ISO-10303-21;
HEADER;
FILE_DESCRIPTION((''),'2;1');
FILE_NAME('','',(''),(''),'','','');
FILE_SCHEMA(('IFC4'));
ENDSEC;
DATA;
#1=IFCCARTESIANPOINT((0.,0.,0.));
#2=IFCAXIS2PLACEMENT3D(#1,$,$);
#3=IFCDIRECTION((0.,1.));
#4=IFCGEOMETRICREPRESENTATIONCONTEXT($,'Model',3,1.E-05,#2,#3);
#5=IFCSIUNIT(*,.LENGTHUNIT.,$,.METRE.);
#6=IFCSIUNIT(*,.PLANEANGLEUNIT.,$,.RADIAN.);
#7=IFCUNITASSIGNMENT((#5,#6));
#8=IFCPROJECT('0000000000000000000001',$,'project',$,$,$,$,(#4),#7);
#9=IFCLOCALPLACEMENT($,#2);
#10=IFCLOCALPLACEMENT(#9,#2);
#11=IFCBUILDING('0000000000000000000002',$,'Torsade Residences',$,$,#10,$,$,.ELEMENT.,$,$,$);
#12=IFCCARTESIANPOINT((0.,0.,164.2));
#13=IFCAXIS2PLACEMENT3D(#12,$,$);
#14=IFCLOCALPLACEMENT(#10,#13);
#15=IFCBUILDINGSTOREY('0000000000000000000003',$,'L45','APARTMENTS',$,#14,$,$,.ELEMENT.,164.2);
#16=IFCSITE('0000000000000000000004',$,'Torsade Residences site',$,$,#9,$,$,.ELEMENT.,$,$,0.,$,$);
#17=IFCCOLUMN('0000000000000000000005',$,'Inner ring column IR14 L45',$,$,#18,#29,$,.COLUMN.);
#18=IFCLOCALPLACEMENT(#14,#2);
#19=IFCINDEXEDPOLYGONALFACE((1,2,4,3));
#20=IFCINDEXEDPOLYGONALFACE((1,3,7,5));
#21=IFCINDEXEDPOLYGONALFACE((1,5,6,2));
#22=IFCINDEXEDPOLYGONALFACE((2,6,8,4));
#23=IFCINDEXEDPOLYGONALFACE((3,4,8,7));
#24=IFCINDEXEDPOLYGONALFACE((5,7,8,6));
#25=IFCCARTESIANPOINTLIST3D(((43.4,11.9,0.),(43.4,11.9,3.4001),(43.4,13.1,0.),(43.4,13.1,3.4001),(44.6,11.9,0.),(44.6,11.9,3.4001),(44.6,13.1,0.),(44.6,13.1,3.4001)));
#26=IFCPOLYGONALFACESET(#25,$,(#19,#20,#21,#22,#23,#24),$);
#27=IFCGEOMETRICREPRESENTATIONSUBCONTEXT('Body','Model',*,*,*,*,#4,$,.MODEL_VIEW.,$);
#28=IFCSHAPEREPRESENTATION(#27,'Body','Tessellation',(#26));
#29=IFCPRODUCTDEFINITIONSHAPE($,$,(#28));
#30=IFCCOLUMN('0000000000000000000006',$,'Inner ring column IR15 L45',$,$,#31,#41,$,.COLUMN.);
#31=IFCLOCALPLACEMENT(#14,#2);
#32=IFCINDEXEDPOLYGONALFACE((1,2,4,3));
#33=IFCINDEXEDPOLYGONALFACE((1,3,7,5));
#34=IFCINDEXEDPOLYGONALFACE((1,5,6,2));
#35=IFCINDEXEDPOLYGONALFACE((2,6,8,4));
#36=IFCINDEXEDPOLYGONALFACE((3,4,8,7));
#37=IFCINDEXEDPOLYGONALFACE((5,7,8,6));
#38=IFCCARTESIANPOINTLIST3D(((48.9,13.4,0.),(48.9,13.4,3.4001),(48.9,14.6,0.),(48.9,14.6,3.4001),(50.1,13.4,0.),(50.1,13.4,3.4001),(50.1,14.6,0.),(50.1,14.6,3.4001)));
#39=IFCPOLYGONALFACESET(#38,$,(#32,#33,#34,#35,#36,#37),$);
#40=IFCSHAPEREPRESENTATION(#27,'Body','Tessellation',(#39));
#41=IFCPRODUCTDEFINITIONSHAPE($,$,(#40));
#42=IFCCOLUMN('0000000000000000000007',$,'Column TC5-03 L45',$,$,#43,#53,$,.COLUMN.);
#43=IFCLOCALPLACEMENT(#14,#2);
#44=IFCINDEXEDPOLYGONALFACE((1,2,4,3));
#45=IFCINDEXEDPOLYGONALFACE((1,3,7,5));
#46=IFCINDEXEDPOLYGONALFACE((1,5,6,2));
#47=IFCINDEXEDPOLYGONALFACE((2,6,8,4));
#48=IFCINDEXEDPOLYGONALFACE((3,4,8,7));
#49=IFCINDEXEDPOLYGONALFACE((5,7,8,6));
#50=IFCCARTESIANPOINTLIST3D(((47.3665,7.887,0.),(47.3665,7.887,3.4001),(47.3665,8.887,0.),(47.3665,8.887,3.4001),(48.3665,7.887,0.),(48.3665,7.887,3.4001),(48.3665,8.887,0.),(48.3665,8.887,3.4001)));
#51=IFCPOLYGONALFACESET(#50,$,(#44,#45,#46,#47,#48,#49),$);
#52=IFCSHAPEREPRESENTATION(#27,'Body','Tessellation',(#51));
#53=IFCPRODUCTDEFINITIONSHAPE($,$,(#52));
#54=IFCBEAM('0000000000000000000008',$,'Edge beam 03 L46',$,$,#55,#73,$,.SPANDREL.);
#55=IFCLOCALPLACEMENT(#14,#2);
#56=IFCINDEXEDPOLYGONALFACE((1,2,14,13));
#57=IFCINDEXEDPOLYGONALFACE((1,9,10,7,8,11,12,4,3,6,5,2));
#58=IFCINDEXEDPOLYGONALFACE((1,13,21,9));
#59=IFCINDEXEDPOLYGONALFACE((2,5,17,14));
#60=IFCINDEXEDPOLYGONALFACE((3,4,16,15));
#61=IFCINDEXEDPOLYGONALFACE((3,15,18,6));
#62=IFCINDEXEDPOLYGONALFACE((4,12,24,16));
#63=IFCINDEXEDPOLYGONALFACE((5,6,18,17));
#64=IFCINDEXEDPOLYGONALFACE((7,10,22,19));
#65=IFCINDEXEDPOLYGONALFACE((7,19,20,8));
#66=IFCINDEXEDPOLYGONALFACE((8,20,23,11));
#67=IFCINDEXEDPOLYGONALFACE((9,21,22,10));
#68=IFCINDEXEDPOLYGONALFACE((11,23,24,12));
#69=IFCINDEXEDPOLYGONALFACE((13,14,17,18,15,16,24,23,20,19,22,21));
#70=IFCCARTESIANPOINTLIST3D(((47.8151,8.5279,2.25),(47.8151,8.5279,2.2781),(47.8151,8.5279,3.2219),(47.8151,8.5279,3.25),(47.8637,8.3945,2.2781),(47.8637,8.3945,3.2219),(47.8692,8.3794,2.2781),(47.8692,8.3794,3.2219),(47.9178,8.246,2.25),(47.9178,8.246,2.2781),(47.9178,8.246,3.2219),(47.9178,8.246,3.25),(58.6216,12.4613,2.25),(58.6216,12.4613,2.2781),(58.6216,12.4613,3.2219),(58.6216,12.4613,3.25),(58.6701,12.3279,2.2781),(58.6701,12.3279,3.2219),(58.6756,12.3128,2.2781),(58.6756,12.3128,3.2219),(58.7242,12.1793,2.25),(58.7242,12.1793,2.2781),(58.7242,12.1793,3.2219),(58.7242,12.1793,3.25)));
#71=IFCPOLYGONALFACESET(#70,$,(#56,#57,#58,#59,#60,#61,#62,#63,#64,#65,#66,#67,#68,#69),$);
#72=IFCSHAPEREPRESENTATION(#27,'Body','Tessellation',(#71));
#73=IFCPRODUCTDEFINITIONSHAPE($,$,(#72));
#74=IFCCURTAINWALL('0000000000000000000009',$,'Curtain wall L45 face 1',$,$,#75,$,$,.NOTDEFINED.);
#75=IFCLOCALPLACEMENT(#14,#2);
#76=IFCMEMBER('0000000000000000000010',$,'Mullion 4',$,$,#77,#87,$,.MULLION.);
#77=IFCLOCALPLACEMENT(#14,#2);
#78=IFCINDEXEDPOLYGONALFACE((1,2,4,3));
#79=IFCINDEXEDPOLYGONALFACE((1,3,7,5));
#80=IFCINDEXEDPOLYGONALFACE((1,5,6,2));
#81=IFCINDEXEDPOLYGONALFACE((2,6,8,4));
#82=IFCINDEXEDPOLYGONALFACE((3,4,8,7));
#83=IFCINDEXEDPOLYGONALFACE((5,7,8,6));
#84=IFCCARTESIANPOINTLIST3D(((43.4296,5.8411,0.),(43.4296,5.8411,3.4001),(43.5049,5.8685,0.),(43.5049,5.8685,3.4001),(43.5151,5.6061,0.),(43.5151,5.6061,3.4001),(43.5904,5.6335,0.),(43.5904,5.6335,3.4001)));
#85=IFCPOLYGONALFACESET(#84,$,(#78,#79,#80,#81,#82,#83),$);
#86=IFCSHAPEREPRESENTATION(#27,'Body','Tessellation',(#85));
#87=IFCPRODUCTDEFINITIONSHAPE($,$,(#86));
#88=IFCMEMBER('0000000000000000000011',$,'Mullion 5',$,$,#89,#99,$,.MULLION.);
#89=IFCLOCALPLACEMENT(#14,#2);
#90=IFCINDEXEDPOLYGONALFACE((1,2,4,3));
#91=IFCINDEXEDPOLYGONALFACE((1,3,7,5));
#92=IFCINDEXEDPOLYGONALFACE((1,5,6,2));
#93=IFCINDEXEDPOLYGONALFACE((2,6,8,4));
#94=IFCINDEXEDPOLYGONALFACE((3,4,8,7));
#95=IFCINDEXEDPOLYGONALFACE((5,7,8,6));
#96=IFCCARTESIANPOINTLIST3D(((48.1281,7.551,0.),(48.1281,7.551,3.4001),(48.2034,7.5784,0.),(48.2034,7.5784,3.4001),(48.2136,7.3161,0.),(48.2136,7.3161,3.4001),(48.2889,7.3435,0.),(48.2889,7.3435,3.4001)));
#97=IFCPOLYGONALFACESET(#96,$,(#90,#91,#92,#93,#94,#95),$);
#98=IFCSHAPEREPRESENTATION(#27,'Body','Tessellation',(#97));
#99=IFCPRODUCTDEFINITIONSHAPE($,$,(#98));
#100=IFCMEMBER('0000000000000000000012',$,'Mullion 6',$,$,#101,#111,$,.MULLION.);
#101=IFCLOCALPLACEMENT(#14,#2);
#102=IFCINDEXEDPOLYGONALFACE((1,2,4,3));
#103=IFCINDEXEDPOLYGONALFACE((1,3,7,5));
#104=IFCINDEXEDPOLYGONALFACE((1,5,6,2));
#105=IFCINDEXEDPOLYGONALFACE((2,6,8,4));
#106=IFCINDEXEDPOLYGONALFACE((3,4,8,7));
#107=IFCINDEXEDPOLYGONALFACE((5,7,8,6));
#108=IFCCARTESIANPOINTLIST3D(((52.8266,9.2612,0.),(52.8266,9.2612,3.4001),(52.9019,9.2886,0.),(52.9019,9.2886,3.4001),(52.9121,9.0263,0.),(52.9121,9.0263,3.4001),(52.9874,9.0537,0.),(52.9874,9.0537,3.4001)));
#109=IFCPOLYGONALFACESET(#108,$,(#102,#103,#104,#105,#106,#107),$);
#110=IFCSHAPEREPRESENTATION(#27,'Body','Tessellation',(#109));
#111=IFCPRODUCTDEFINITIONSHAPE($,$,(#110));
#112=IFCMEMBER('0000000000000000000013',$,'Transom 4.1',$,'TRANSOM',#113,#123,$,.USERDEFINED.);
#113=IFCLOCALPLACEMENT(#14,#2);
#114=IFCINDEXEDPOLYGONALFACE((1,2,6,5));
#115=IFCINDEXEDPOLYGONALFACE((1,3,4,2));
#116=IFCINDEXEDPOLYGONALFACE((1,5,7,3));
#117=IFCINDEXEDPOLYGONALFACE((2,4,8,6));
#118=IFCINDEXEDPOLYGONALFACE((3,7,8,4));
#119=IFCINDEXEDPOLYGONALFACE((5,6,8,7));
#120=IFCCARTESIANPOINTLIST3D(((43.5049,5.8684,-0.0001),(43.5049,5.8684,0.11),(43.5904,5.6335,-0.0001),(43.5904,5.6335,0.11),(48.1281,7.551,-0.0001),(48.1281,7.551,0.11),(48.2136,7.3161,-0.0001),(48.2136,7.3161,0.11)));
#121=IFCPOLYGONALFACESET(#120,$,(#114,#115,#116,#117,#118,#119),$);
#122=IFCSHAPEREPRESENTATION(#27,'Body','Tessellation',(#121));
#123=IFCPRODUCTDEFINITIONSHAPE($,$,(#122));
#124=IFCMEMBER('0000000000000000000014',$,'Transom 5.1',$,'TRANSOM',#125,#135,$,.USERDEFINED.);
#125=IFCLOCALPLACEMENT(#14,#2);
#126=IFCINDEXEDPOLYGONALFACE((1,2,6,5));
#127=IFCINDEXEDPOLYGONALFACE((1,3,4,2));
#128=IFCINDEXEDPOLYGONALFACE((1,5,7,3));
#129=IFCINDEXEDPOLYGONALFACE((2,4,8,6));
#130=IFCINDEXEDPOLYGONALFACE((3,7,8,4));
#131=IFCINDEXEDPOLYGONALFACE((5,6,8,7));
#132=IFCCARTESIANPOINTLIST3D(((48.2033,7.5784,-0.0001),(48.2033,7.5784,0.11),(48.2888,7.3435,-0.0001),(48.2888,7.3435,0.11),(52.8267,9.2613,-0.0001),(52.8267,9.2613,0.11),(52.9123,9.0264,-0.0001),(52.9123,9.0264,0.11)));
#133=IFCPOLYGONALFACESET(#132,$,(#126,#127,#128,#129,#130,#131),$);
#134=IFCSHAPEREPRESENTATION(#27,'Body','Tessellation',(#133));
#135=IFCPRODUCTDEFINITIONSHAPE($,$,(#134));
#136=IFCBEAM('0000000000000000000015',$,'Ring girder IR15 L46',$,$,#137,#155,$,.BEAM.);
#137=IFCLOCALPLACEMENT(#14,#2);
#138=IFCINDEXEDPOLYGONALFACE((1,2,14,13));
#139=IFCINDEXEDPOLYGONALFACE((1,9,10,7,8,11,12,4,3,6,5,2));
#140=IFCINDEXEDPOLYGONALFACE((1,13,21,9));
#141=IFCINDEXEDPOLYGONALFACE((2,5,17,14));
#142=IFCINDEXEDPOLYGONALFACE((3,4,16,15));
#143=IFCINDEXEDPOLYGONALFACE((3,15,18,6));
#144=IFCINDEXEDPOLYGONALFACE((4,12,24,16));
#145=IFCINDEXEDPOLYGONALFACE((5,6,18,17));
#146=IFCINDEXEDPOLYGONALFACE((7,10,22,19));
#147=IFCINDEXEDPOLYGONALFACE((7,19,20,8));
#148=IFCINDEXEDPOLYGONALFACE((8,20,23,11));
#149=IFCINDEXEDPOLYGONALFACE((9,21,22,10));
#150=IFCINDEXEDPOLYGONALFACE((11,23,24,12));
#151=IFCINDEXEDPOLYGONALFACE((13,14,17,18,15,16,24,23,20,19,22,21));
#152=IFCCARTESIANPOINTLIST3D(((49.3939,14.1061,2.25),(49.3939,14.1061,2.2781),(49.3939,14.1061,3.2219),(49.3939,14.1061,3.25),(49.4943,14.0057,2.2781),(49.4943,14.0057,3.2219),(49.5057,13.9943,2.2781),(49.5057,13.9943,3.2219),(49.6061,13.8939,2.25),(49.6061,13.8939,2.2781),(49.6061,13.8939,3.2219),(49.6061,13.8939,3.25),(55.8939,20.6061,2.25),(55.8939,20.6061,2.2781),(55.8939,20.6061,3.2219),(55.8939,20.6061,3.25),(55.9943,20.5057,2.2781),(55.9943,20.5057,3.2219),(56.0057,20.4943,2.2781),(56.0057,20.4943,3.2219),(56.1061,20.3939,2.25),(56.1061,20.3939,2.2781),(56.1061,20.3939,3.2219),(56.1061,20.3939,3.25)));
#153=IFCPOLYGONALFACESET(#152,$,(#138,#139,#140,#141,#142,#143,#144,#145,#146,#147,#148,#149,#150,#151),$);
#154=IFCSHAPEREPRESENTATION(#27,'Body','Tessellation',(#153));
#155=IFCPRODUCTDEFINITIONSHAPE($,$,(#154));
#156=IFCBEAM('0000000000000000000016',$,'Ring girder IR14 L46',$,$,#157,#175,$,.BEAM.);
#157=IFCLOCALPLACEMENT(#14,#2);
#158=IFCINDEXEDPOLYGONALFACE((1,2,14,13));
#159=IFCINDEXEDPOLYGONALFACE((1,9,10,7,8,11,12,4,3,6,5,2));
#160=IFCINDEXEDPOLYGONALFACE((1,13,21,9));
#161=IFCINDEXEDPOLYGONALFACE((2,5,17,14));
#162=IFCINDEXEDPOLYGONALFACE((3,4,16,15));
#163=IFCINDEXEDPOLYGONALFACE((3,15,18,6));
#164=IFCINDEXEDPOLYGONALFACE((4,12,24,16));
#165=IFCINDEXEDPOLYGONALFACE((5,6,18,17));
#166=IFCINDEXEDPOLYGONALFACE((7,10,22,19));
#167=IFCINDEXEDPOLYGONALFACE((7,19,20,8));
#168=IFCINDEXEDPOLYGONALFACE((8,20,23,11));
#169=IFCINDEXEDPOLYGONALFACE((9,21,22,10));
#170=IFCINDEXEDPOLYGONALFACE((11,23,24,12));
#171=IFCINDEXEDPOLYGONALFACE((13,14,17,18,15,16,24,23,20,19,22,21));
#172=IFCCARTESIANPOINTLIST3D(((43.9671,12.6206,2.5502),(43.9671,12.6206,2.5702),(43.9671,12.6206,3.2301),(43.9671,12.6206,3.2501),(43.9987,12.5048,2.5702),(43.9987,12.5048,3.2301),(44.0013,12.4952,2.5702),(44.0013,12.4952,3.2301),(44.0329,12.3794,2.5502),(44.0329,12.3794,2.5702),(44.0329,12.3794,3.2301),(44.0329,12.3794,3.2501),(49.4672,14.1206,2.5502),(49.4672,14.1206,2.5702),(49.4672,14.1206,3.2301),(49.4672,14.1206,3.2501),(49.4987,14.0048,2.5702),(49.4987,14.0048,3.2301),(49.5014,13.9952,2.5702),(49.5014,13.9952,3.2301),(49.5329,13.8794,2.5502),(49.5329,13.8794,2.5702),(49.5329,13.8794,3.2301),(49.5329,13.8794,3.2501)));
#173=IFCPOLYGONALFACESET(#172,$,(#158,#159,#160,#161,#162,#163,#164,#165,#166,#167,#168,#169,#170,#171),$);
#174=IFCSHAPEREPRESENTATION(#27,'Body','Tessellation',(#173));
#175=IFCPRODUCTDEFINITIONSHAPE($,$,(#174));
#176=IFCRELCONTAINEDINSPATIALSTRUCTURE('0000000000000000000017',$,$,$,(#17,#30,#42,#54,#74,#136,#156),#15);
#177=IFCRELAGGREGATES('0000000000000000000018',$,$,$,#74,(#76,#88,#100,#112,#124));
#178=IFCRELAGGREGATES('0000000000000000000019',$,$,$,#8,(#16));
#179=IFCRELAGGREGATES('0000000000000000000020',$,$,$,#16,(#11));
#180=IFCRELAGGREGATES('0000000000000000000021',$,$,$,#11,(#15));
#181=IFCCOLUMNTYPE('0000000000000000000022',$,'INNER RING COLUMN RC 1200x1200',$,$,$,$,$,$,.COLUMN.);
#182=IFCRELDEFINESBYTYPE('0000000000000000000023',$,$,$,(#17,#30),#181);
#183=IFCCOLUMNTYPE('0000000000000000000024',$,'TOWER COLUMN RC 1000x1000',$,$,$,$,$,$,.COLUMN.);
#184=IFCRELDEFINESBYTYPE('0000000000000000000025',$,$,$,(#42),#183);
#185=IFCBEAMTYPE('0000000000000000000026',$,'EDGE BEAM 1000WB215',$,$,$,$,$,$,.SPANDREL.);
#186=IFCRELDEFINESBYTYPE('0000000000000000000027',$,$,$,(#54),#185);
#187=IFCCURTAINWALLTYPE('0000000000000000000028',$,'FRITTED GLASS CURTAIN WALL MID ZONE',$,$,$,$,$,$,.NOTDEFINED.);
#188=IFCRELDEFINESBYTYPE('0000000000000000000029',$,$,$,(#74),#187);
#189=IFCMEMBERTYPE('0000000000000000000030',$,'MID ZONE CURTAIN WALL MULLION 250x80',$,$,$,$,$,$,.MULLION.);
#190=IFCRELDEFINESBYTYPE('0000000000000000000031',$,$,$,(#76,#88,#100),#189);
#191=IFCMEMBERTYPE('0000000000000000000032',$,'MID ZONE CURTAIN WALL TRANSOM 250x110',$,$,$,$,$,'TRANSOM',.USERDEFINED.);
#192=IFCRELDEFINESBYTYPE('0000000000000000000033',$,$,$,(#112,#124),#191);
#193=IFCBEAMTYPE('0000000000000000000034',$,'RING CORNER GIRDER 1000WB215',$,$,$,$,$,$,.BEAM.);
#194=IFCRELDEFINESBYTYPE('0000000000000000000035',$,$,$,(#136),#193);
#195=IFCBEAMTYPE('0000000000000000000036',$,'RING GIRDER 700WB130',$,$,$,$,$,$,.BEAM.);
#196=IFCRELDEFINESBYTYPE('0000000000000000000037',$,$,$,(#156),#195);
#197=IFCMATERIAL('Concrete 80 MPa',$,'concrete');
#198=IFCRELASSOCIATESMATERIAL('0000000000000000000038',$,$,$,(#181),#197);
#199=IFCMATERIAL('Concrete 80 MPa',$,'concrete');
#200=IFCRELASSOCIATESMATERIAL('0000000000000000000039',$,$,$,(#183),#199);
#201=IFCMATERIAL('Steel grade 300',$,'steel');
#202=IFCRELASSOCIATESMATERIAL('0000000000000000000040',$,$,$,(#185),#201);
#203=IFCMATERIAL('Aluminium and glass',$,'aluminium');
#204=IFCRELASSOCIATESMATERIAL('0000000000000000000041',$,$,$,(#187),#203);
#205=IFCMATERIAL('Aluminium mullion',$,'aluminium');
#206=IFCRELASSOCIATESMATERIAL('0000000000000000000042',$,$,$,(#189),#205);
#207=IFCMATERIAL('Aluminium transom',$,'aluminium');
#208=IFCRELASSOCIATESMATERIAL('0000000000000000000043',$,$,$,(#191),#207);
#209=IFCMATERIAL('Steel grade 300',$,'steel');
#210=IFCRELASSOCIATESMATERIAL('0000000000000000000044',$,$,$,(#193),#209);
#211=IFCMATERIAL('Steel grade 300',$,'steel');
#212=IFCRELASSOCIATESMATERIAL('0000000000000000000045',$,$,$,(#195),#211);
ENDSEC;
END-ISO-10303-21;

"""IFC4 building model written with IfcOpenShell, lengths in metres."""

from ifc_helpers import new_model, si_unit, direction, frame, origin, origin_2d, place, context, subcontext, project, spatial, rectangle, i_section, extrude, material, material_profile, profile_set, type_object, element, aggregate, save


model = new_model("IFC4")

# Units and contexts
model_context = context("Model", 3, precision=1e-05, world=origin(), true_north=direction((0.0, 1.0)))
body_context = subcontext(model_context, "Body", "Model", "MODEL_VIEW")
ifc_project = project(units=[si_unit("LENGTHUNIT", "METRE"), si_unit("PLANEANGLEUNIT", "RADIAN")], contexts=[model_context])

# Site, building, storey
site_placement = place(None, origin())
site = spatial("IfcSite", under=ifc_project, at=site_placement, Name="Torsade Residences site", CompositionType="ELEMENT", RefElevation=0.0)
building_placement = place(site_placement, origin())
building = spatial("IfcBuilding", under=site, at=building_placement, Name="Torsade Residences", CompositionType="ELEMENT")
storey_placement = place(building_placement, frame((0.0, 0.0, 164.2)))
storey = spatial("IfcBuildingStorey", under=building, at=storey_placement, Name="L45", Description="APARTMENTS", CompositionType="ELEMENT", Elevation=164.2)

# Columns
ifc_material_1 = material(Name="Concrete 80 MPa", Category="concrete")
ifc_material_profile_1 = material_profile(ifc_material_1, rectangle(XDim=1.2, YDim=1.2, at=origin_2d()), Name="RC 1200x1200")
ifc_profile_set_1 = profile_set([ifc_material_profile_1], Name="Concrete 80 MPa")
column_type_1 = type_object("IfcColumnType", Name="INNER RING COLUMN RC 1200x1200", PredefinedType="COLUMN", material=ifc_profile_set_1)
for number, where, z_axis, x_axis, name in (
    (1, (44.0, 12.5, 0.0), (0.0, 0.0, 1.0), (1.0, 0.0, 0.0), "Inner ring column IR14 L45"),
    (2, (49.5, 14.0, 0.0), (0.0, 0.0, 1.0), (1.0, 0.0, 0.0), "Inner ring column IR15 L45"),
):
    element("IfcColumn", number, at=place(storey_placement, frame(where, z_axis=z_axis, x_axis=x_axis)), inside=storey, type_object=column_type_1, Name=name, PredefinedType="COLUMN", context=body_context, shape_type="SweptSolid", body=[
        extrude(rectangle(XDim=1.2, YDim=1.2, at=origin_2d()), origin(), (0.0, 0.0, 1.0), 3.4001),
    ])
ifc_material_2 = material(Name="Concrete 80 MPa", Category="concrete")
ifc_material_profile_2 = material_profile(ifc_material_2, rectangle(XDim=1.0, YDim=1.0, at=origin_2d()), Name="RC 1000x1000")
ifc_profile_set_2 = profile_set([ifc_material_profile_2], Name="Concrete 80 MPa")
column_type_2 = type_object("IfcColumnType", Name="TOWER COLUMN RC 1000x1000", PredefinedType="COLUMN", material=ifc_profile_set_2)
column_placement = place(storey_placement, frame((47.8665, 8.387, 0.0), z_axis=(0.0, 0.0, 1.0), x_axis=(1.0, 0.0, 0.0)))
element("IfcColumn", 3, at=column_placement, inside=storey, type_object=column_type_2, Name="Column TC5-03 L45", PredefinedType="COLUMN", context=body_context, shape_type="SweptSolid", body=[
    extrude(rectangle(XDim=1.0, YDim=1.0, at=origin_2d()), origin(), (0.0, 0.0, 1.0), 3.4001),
])

# Beam
ifc_material_3 = material(Name="Steel grade 300", Category="steel")
ifc_material_profile_3 = material_profile(ifc_material_3, i_section(OverallWidth=0.3, OverallDepth=1.0, WebThickness=0.0161, FlangeThickness=0.0281, at=origin_2d()), Name="1000WB215")
ifc_profile_set_3 = profile_set([ifc_material_profile_3], Name="Steel grade 300")
beam_type_1 = type_object("IfcBeamType", Name="EDGE BEAM 1000WB215", PredefinedType="SPANDREL", material=ifc_profile_set_3)
beam_1_placement = place(storey_placement, frame((47.8665, 8.387, 2.75), z_axis=(0.939689, 0.342031, 0.0), x_axis=(-0.342031, 0.939689, 0.0)))
element("IfcBeam", 4, at=beam_1_placement, inside=storey, type_object=beam_type_1, Name="Edge beam 03 L46", PredefinedType="SPANDREL", context=body_context, shape_type="SweptSolid", body=[
    extrude(i_section(OverallWidth=0.3, OverallDepth=1.0, WebThickness=0.0161, FlangeThickness=0.0281, at=origin_2d()), origin(), (0.0, 0.0, 1.0), 11.5),
])

# Curtain wall, members
ifc_material_4 = material(Name="Aluminium and glass", Category="aluminium")
curtain_wall_type = type_object("IfcCurtainWallType", Name="FRITTED GLASS CURTAIN WALL MID ZONE", PredefinedType="NOTDEFINED", material=ifc_material_4)
curtain_wall_placement = place(storey_placement, origin())
curtain_wall = element("IfcCurtainWall", 5, at=curtain_wall_placement, inside=storey, type_object=curtain_wall_type, Name="Curtain wall L45 face 1", PredefinedType="NOTDEFINED")
ifc_material_5 = material(Name="Aluminium mullion", Category="aluminium")
ifc_material_profile_4 = material_profile(ifc_material_5, rectangle(XDim=0.25, YDim=0.0801, at=origin_2d()), Name="MID ZONE CURTAIN WALL MULLION 250x80")
ifc_profile_set_4 = profile_set([ifc_material_profile_4], Name="Aluminium mullion")
member_type_1 = type_object("IfcMemberType", Name="MID ZONE CURTAIN WALL MULLION 250x80", PredefinedType="MULLION", material=ifc_profile_set_4)
member_1_placement = place(storey_placement, frame((43.51, 5.7373, 0.0), z_axis=(0.0, 0.0, 1.0), x_axis=(-0.34202, 0.939693, 0.0)))
member_1 = element("IfcMember", 6, at=member_1_placement, type_object=member_type_1, Name="Mullion 4", PredefinedType="MULLION", context=body_context, shape_type="SweptSolid", body=[
    extrude(rectangle(XDim=0.25, YDim=0.0801, at=origin_2d()), origin(), (0.0, 0.0, 1.0), 3.4001),
])
member_2_placement = place(storey_placement, frame((48.2085, 7.4473, 0.0), z_axis=(0.0, 0.0, 1.0), x_axis=(-0.34202, 0.939693, 0.0)))
member_2 = element("IfcMember", 7, at=member_2_placement, type_object=member_type_1, Name="Mullion 5", PredefinedType="MULLION", context=body_context, shape_type="SweptSolid", body=[
    extrude(rectangle(XDim=0.25, YDim=0.0801, at=origin_2d()), origin(), (0.0, 0.0, 1.0), 3.4001),
])
member_3_placement = place(storey_placement, frame((52.907, 9.1575, 0.0), z_axis=(0.0, 0.0, 1.0), x_axis=(-0.34202, 0.939693, 0.0)))
member_3 = element("IfcMember", 8, at=member_3_placement, type_object=member_type_1, Name="Mullion 6", PredefinedType="MULLION", context=body_context, shape_type="SweptSolid", body=[
    extrude(rectangle(XDim=0.25, YDim=0.0801, at=origin_2d()), origin(), (0.0, 0.0, 1.0), 3.4001),
])
ifc_material_6 = material(Name="Aluminium transom", Category="aluminium")
ifc_material_profile_5 = material_profile(ifc_material_6, rectangle(XDim=0.25, YDim=0.1101, at=origin_2d()), Name="MID ZONE CURTAIN WALL TRANSOM 250x110")
ifc_profile_set_5 = profile_set([ifc_material_profile_5], Name="Aluminium transom")
member_type_2 = type_object("IfcMemberType", Name="MID ZONE CURTAIN WALL TRANSOM 250x110", ElementType="TRANSOM", PredefinedType="USERDEFINED", material=ifc_profile_set_5)
member_4_placement = place(storey_placement, frame((43.5476, 5.751, 0.0549), z_axis=(0.939701, 0.341998, 0.0), x_axis=(-0.341998, 0.939701, 0.0)))
member_4 = element("IfcMember", 9, at=member_4_placement, type_object=member_type_2, Name="Transom 4.1", ObjectType="TRANSOM", PredefinedType="USERDEFINED", context=body_context, shape_type="SweptSolid", body=[
    extrude(rectangle(XDim=0.25, YDim=0.1101, at=origin_2d()), origin(), (0.0, 0.0, 1.0), 4.9199),
])
member_5_placement = place(storey_placement, frame((48.2461, 7.4609, 0.0549), z_axis=(0.939685, 0.342042, 0.0), x_axis=(-0.342042, 0.939685, 0.0)))
member_5 = element("IfcMember", 10, at=member_5_placement, type_object=member_type_2, Name="Transom 5.1", ObjectType="TRANSOM", PredefinedType="USERDEFINED", context=body_context, shape_type="SweptSolid", body=[
    extrude(rectangle(XDim=0.25, YDim=0.1101, at=origin_2d()), origin(), (0.0, 0.0, 1.0), 4.9202),
])

# Beams
ifc_material_7 = material(Name="Steel grade 300", Category="steel")
ifc_material_profile_6 = material_profile(ifc_material_7, i_section(OverallWidth=0.3, OverallDepth=1.0, WebThickness=0.0161, FlangeThickness=0.0281, at=origin_2d()), Name="1000WB215")
ifc_profile_set_6 = profile_set([ifc_material_profile_6], Name="Steel grade 300")
beam_type_2 = type_object("IfcBeamType", Name="RING CORNER GIRDER 1000WB215", PredefinedType="BEAM", material=ifc_profile_set_6)
beam_2_placement = place(storey_placement, frame((49.5, 14.0, 2.75), z_axis=(0.707107, 0.707107, 0.0), x_axis=(-0.707107, 0.707107, 0.0)))
element("IfcBeam", 11, at=beam_2_placement, inside=storey, type_object=beam_type_2, Name="Ring girder IR15 L46", PredefinedType="BEAM", context=body_context, shape_type="SweptSolid", body=[
    extrude(i_section(OverallWidth=0.3, OverallDepth=1.0, WebThickness=0.0161, FlangeThickness=0.0281, at=origin_2d()), origin(), (0.0, 0.0, 1.0), 9.1924),
])
ifc_material_8 = material(Name="Steel grade 300", Category="steel")
ifc_material_profile_7 = material_profile(ifc_material_8, i_section(OverallWidth=0.25, OverallDepth=0.7, WebThickness=0.01, FlangeThickness=0.02, at=origin_2d()), Name="700WB130")
ifc_profile_set_7 = profile_set([ifc_material_profile_7], Name="Steel grade 300")
beam_type_3 = type_object("IfcBeamType", Name="RING GIRDER 700WB130", PredefinedType="BEAM", material=ifc_profile_set_7)
beam_3_placement = place(storey_placement, frame((44.0, 12.5, 2.9001), z_axis=(0.964764, 0.263117, 0.0), x_axis=(-0.263117, 0.964764, 0.0)))
element("IfcBeam", 12, at=beam_3_placement, inside=storey, type_object=beam_type_3, Name="Ring girder IR14 L46", PredefinedType="BEAM", context=body_context, shape_type="SweptSolid", body=[
    extrude(i_section(OverallWidth=0.25, OverallDepth=0.7, WebThickness=0.01, FlangeThickness=0.02, at=origin_2d()), origin(), (0.0, 0.0, 1.0), 5.7009),
])

aggregate(curtain_wall, [member_1, member_2, member_3, member_4, member_5])

save(model, "model.ifc")
